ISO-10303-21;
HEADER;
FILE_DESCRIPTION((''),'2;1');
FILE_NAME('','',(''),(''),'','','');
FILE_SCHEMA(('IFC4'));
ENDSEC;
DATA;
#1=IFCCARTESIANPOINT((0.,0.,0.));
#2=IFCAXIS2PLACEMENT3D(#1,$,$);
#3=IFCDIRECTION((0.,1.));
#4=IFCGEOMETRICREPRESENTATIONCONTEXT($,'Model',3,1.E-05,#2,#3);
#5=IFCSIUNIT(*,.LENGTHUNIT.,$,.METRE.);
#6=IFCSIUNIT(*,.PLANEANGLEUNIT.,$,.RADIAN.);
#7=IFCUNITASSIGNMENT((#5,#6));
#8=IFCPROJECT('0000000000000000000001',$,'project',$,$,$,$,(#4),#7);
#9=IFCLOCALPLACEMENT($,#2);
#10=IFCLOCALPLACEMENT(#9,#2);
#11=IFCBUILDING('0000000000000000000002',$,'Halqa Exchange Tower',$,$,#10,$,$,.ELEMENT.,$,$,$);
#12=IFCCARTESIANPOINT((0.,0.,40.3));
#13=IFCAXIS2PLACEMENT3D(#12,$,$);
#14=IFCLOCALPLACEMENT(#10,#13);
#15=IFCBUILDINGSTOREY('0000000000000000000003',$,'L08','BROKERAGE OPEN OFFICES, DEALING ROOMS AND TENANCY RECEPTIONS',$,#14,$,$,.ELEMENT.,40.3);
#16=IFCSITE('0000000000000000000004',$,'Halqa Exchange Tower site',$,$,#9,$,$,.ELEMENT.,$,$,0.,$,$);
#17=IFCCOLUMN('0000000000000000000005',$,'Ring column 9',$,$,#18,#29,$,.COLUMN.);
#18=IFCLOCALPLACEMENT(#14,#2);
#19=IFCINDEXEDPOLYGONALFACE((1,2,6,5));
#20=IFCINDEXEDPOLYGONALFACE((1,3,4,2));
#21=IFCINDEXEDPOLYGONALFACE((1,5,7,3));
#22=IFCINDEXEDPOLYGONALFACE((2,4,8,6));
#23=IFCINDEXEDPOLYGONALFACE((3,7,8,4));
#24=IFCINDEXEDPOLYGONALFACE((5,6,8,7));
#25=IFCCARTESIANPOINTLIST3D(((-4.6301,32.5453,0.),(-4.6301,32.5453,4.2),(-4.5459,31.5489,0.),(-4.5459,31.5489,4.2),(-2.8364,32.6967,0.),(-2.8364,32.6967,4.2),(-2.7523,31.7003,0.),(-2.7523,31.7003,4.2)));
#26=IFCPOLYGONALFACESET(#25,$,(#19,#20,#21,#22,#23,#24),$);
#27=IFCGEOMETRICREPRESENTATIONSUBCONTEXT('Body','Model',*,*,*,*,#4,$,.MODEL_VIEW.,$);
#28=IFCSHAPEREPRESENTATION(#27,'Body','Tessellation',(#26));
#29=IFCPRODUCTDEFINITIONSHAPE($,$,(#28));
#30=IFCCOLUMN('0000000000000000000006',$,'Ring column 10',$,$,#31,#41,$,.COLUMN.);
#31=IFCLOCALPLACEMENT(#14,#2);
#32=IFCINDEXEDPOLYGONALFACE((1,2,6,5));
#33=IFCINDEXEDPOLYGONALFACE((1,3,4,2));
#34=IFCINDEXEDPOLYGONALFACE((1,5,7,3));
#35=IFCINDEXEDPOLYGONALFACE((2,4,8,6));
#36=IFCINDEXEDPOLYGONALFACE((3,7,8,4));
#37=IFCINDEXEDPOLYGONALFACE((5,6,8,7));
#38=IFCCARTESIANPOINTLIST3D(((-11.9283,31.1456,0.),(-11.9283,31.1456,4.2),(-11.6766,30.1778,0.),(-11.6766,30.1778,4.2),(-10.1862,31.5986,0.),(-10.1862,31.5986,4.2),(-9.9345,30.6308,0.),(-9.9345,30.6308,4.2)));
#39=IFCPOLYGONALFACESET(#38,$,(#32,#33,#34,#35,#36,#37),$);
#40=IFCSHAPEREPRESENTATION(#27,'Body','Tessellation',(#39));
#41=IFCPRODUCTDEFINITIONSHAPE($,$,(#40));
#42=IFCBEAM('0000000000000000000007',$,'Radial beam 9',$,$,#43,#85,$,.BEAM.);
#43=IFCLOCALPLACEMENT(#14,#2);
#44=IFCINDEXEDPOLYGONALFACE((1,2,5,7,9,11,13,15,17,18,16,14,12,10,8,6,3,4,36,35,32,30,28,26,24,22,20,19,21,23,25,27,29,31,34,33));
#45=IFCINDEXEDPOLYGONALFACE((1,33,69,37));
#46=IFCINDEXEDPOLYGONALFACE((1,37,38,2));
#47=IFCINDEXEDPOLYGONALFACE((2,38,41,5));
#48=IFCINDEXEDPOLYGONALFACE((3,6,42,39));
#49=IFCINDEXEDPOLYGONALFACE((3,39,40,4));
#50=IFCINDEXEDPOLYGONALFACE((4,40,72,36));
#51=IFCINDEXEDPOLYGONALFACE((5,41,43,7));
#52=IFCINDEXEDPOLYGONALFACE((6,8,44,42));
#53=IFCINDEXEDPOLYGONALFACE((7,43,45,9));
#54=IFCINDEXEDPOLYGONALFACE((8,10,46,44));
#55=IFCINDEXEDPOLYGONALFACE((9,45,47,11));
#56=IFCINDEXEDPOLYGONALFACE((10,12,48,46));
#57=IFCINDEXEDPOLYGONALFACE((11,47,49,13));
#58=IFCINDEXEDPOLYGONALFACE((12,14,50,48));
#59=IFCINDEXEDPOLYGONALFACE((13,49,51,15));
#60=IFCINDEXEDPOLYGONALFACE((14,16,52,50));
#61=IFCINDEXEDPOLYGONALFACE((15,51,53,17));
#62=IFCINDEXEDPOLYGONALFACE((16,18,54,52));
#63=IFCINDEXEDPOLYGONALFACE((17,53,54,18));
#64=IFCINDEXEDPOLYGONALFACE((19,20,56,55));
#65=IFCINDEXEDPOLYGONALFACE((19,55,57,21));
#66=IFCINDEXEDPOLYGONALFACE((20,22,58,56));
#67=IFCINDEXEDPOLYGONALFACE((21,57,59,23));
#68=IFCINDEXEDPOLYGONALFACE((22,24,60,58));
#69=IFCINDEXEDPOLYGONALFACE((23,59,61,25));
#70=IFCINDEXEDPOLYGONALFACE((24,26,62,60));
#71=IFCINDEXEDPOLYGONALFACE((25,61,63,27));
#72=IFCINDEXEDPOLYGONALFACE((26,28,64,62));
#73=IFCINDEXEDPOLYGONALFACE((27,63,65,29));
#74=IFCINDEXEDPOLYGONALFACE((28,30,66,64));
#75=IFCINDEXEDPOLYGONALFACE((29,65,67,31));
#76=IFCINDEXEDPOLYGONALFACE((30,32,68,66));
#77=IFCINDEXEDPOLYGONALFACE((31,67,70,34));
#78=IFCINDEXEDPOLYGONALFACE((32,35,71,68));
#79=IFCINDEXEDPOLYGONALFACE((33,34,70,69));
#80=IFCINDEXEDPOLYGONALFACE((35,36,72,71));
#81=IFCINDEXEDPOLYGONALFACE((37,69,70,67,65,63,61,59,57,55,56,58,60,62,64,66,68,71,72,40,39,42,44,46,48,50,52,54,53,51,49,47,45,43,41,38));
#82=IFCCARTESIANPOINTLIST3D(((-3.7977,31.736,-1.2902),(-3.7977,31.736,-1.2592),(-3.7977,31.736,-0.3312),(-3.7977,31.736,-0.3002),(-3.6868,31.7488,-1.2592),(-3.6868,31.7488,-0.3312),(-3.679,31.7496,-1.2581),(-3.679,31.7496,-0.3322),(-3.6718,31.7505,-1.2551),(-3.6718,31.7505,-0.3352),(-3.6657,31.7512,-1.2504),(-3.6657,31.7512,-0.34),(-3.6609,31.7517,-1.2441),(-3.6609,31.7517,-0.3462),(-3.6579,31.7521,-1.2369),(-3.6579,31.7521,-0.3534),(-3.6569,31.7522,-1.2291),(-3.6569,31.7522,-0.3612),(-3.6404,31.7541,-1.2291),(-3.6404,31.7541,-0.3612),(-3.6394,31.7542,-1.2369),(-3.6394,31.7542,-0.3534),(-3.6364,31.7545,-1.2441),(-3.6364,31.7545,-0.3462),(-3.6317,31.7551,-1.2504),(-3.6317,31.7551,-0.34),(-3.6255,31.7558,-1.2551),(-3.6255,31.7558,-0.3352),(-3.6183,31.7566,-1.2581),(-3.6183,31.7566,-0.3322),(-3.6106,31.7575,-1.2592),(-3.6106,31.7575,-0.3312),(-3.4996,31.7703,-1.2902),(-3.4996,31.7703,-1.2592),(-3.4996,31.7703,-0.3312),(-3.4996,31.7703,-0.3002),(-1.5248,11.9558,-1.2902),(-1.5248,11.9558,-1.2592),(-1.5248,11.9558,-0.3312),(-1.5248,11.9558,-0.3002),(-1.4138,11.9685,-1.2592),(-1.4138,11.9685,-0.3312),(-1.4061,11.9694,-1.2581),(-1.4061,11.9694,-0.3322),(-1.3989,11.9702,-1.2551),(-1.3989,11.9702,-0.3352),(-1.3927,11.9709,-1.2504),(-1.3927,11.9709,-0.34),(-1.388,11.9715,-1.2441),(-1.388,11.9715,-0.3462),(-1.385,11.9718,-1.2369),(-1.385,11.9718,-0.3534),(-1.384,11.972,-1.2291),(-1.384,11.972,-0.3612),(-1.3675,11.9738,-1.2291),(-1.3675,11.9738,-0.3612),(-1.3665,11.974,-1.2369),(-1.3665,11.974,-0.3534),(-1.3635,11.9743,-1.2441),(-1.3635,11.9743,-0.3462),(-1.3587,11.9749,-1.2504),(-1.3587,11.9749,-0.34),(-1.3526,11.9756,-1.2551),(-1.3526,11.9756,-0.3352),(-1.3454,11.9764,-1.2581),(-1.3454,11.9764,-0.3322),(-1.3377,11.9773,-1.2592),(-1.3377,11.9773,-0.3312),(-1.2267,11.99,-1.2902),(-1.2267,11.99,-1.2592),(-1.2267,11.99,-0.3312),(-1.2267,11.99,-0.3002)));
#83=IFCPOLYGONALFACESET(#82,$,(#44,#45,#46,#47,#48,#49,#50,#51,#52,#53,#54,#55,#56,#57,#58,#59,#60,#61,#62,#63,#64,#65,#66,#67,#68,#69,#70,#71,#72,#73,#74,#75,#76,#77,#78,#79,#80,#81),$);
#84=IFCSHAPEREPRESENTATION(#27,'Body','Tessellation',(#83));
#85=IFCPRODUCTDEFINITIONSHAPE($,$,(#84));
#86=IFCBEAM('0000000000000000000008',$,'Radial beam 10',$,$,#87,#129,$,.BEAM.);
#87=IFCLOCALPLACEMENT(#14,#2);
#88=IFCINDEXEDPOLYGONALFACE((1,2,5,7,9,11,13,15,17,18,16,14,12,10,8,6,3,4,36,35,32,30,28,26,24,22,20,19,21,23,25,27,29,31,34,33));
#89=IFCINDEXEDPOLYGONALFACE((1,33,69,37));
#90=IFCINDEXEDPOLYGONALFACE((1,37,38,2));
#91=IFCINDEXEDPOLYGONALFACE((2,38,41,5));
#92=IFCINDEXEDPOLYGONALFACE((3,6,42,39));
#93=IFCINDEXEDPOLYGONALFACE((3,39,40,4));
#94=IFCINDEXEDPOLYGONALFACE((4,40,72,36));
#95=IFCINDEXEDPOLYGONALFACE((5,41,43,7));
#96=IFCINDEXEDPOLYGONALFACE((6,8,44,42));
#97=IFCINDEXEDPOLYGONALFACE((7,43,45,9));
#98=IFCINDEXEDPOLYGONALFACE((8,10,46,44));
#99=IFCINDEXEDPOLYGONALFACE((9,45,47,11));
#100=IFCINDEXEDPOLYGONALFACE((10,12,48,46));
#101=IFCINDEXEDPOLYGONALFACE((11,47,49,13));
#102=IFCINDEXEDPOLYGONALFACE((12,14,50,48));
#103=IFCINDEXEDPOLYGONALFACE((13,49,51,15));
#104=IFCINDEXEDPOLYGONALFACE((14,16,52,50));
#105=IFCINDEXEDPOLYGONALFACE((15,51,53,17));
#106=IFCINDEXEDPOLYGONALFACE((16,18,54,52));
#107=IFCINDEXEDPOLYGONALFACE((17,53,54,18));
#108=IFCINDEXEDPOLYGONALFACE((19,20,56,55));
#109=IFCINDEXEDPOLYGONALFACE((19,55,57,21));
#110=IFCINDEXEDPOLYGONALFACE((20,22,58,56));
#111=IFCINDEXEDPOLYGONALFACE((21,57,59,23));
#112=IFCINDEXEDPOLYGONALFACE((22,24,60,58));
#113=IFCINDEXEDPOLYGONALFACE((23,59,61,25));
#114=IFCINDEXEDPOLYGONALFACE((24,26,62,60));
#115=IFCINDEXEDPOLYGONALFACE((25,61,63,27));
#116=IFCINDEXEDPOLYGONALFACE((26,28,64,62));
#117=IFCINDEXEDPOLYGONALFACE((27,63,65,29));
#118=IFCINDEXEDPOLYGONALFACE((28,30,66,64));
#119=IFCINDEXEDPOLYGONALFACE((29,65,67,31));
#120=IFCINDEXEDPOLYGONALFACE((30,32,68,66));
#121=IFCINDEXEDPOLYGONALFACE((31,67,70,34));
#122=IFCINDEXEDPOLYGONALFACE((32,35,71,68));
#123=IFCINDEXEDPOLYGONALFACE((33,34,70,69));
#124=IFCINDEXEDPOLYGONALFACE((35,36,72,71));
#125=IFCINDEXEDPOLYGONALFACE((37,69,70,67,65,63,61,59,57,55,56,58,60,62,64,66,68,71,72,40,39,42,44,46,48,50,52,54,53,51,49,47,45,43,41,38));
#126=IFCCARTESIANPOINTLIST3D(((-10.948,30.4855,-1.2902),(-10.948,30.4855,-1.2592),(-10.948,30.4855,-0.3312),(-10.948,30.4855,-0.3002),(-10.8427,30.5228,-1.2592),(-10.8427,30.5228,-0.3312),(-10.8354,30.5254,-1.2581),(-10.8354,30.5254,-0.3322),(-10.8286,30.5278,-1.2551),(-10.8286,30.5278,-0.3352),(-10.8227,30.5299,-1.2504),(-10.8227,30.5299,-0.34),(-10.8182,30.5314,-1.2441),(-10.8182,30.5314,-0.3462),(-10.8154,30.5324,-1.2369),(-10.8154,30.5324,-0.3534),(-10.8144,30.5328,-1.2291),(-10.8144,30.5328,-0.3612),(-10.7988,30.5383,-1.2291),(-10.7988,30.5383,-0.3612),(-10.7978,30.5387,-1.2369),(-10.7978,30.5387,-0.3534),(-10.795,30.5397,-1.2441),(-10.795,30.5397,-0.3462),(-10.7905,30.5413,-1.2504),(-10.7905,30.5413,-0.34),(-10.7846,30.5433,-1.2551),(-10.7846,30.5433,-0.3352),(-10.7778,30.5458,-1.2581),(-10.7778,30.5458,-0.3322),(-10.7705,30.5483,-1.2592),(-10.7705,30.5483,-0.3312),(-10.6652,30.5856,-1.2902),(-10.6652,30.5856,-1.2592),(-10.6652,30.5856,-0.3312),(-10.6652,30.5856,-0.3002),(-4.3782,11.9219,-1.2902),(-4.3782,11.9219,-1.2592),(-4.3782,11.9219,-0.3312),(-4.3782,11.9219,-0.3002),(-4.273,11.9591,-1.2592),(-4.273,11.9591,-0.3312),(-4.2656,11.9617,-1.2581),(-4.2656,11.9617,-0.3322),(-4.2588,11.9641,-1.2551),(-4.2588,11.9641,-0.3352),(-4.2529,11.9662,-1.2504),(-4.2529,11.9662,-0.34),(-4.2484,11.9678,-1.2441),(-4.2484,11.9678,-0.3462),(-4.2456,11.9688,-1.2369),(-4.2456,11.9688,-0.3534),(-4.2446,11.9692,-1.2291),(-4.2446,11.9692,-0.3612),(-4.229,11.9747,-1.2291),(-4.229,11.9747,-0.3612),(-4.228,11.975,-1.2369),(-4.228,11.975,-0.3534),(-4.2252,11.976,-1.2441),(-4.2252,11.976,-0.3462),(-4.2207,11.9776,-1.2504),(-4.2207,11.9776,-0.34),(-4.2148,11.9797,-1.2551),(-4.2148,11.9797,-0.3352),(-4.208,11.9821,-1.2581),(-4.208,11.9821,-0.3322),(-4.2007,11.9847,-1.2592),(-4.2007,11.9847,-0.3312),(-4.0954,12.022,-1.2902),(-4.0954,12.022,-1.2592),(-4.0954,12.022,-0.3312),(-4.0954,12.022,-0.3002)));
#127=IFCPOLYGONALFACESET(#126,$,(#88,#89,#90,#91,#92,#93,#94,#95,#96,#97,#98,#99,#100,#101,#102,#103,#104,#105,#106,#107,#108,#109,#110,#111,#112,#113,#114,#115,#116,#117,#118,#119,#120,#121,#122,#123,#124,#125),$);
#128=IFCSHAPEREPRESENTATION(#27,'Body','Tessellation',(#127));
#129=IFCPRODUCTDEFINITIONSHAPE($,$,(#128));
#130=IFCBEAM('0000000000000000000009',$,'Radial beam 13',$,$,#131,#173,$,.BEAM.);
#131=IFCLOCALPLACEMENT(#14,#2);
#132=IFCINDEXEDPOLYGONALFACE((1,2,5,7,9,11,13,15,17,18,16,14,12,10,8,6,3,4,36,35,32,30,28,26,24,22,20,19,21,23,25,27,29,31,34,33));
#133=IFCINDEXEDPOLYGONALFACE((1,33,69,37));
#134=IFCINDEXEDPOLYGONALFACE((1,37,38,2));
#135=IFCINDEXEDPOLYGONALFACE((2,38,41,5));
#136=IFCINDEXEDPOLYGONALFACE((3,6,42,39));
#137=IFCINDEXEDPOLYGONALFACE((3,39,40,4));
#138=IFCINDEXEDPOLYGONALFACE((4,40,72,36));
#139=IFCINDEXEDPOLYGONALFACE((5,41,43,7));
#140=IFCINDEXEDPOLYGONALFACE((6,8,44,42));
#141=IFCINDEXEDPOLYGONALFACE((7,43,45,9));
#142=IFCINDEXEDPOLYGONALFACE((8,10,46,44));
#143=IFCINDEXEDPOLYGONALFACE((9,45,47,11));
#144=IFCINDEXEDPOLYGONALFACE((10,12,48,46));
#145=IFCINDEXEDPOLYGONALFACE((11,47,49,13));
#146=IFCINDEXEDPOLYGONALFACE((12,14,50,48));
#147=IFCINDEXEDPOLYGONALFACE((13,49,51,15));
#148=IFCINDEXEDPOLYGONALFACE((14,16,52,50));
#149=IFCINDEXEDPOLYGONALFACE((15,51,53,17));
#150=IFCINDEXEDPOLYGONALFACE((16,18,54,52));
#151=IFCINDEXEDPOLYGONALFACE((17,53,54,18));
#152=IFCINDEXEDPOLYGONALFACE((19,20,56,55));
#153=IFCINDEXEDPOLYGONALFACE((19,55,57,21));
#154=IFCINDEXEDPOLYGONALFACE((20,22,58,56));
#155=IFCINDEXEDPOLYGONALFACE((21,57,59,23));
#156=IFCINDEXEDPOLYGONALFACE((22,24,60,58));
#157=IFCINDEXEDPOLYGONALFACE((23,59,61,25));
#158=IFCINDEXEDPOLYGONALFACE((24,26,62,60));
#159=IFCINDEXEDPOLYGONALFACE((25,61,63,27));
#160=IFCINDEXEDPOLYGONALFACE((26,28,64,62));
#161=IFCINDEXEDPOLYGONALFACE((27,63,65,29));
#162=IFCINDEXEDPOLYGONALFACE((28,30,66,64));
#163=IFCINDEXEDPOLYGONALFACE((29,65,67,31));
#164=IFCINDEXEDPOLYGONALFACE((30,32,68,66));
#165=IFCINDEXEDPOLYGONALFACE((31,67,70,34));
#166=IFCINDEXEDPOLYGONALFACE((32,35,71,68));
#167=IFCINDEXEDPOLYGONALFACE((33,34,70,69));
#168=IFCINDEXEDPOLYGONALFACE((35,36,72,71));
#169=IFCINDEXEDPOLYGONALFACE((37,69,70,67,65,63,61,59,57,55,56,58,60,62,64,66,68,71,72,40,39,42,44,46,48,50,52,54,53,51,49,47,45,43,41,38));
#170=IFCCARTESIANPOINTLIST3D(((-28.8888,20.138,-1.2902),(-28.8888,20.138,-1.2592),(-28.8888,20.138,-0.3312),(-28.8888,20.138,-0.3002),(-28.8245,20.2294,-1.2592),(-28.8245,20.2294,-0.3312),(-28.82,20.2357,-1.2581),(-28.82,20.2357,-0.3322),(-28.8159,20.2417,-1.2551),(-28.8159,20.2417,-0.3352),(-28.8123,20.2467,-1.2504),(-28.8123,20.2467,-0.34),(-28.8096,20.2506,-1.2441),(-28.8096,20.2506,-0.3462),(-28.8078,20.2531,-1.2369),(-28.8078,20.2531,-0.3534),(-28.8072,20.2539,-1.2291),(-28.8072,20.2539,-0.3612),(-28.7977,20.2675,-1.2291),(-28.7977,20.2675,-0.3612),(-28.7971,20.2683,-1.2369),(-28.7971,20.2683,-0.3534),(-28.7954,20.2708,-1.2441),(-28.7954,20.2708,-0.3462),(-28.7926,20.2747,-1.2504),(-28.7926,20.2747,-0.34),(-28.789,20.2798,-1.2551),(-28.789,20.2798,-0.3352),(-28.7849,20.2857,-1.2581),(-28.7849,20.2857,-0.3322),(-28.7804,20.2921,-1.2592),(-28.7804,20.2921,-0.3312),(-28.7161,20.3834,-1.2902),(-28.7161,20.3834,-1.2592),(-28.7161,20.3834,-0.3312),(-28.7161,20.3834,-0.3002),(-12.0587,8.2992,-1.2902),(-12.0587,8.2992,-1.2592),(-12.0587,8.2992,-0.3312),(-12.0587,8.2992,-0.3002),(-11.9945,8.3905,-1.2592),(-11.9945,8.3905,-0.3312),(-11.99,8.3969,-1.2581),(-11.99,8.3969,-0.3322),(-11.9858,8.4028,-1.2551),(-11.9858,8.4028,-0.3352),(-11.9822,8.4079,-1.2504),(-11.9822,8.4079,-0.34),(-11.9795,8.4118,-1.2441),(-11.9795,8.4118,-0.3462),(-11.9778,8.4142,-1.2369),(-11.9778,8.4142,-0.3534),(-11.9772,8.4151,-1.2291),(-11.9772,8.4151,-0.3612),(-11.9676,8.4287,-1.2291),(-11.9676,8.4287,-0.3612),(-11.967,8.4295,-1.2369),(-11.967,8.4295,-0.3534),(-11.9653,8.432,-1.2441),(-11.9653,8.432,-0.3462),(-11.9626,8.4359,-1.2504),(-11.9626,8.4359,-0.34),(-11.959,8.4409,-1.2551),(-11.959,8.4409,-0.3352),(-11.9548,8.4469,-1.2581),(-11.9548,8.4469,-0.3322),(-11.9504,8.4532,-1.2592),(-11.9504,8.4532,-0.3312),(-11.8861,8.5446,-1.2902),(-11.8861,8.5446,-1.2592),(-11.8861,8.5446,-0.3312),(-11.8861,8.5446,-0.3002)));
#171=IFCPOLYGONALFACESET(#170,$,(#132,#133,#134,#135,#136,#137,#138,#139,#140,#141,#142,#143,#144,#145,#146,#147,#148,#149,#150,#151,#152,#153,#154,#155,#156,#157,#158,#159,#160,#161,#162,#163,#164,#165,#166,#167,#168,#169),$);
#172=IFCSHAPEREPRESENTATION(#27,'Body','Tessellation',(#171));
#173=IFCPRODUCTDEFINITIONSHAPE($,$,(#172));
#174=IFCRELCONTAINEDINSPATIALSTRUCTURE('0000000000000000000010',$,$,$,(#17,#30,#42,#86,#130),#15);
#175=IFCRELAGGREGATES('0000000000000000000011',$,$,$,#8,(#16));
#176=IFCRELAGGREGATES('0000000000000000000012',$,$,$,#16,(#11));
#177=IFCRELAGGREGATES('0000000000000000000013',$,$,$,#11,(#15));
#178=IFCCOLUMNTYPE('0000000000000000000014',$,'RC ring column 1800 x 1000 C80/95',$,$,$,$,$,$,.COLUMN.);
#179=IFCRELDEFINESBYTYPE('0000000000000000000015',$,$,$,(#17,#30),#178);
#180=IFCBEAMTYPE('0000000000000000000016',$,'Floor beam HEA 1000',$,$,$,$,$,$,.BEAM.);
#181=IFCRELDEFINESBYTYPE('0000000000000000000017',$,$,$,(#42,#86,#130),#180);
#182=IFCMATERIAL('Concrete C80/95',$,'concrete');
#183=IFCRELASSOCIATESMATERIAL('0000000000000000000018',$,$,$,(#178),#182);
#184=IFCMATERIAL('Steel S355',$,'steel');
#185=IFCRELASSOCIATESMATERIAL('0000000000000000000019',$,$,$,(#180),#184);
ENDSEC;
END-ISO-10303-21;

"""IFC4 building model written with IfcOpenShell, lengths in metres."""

from ifc_helpers import new_model, si_unit, direction, frame, origin, origin_2d, place, context, subcontext, project, spatial, rectangle, i_section, extrude, material, material_profile, profile_set, type_object, element, save


model = new_model("IFC4")

# Units and contexts
model_context = context("Model", 3, precision=1e-05, world=origin(), true_north=direction((0.0, 1.0)))
body_context = subcontext(model_context, "Body", "Model", "MODEL_VIEW")
ifc_project = project(units=[si_unit("LENGTHUNIT", "METRE"), si_unit("PLANEANGLEUNIT", "RADIAN")], contexts=[model_context])

# Site, building, storey
site_placement = place(None, origin())
site = spatial("IfcSite", under=ifc_project, at=site_placement, Name="Halqa Exchange Tower site", CompositionType="ELEMENT", RefElevation=0.0)
building_placement = place(site_placement, origin())
building = spatial("IfcBuilding", under=site, at=building_placement, Name="Halqa Exchange Tower", CompositionType="ELEMENT")
storey_placement = place(building_placement, frame((0.0, 0.0, 40.3)))
storey = spatial("IfcBuildingStorey", under=building, at=storey_placement, Name="L08", Description="BROKERAGE OPEN OFFICES, DEALING ROOMS AND TENANCY RECEPTIONS", CompositionType="ELEMENT", Elevation=40.3)

# Columns
ifc_material_1 = material(Name="Concrete C80/95", Category="concrete")
ifc_material_profile_1 = material_profile(ifc_material_1, rectangle(XDim=1.8, YDim=1.0, at=origin_2d()), Name="1800 x 1000")
ifc_profile_set_1 = profile_set([ifc_material_profile_1], Name="Concrete C80/95")
column_type = type_object("IfcColumnType", Name="RC ring column 1800 x 1000 C80/95", PredefinedType="COLUMN", material=ifc_profile_set_1)
for number, where, z_axis, x_axis, name in (
    (1, (-3.6912, 32.1228, 0.0), (0.0, 0.0, 1.0), (-0.996455, -0.084125, 0.0), "Ring column 9"),
    (2, (-10.9314, 30.8882, 0.0), (0.0, 0.0, 1.0), (-0.967819, -0.251647, 0.0), "Ring column 10"),
):
    element("IfcColumn", number, at=place(storey_placement, frame(where, z_axis=z_axis, x_axis=x_axis)), inside=storey, type_object=column_type, Name=name, PredefinedType="COLUMN", context=body_context, shape_type="SweptSolid", body=[
        extrude(rectangle(XDim=1.8, YDim=1.0, at=origin_2d()), origin(), (0.0, 0.0, 1.0), 4.2),
    ])

# Beams
ifc_material_2 = material(Name="Steel S355", Category="steel")
ifc_material_profile_2 = material_profile(ifc_material_2, i_section(OverallWidth=0.3, OverallDepth=0.99, WebThickness=0.0166, FlangeThickness=0.031, FilletRadius=0.03, at=origin_2d()), Name="HEA 1000")
ifc_profile_set_2 = profile_set([ifc_material_profile_2], Name="Steel S355")
beam_type_1 = type_object("IfcBeamType", Name="Floor beam HEA 1000", PredefinedType="BEAM", material=ifc_profile_set_2)
beam_1_placement = place(storey_placement, frame((-1.3757, 11.9729, -0.7952), z_axis=(-0.114159, 0.993463, 0.0), x_axis=(-0.993463, -0.114159, 0.0)))
element("IfcBeam", 3, at=beam_1_placement, inside=storey, type_object=beam_type_1, Name="Radial beam 9", PredefinedType="BEAM", context=body_context, shape_type="SweptSolid", body=[
    extrude(i_section(OverallWidth=0.3, OverallDepth=0.99, WebThickness=0.0166, FlangeThickness=0.031, FilletRadius=0.03, at=origin_2d()), origin(), (0.0, 0.0, 1.0), 19.9104),
])
beam_2_placement = place(storey_placement, frame((-4.2368, 11.9719, -0.7952), z_axis=(-0.333629, 0.942704, 0.0), x_axis=(-0.942704, -0.333629, 0.0)))
element("IfcBeam", 4, at=beam_2_placement, inside=storey, type_object=beam_type_1, Name="Radial beam 10", PredefinedType="BEAM", context=body_context, shape_type="SweptSolid", body=[
    extrude(i_section(OverallWidth=0.3, OverallDepth=0.99, WebThickness=0.0166, FlangeThickness=0.031, FilletRadius=0.03, at=origin_2d()), origin(), (0.0, 0.0, 1.0), 19.6919),
])
beam_3_placement = place(storey_placement, frame((-11.9724, 8.4219, -0.7952), z_axis=(-0.81791, 0.575346, 0.0), x_axis=(-0.575346, -0.81791, 0.0)))
element("IfcBeam", 5, at=beam_3_placement, inside=storey, type_object=beam_type_1, Name="Radial beam 13", PredefinedType="BEAM", context=body_context, shape_type="SweptSolid", body=[
    extrude(i_section(OverallWidth=0.3, OverallDepth=0.99, WebThickness=0.0166, FlangeThickness=0.031, FilletRadius=0.03, at=origin_2d()), origin(), (0.0, 0.0, 1.0), 20.5769),
])

save(model, "model.ifc")
